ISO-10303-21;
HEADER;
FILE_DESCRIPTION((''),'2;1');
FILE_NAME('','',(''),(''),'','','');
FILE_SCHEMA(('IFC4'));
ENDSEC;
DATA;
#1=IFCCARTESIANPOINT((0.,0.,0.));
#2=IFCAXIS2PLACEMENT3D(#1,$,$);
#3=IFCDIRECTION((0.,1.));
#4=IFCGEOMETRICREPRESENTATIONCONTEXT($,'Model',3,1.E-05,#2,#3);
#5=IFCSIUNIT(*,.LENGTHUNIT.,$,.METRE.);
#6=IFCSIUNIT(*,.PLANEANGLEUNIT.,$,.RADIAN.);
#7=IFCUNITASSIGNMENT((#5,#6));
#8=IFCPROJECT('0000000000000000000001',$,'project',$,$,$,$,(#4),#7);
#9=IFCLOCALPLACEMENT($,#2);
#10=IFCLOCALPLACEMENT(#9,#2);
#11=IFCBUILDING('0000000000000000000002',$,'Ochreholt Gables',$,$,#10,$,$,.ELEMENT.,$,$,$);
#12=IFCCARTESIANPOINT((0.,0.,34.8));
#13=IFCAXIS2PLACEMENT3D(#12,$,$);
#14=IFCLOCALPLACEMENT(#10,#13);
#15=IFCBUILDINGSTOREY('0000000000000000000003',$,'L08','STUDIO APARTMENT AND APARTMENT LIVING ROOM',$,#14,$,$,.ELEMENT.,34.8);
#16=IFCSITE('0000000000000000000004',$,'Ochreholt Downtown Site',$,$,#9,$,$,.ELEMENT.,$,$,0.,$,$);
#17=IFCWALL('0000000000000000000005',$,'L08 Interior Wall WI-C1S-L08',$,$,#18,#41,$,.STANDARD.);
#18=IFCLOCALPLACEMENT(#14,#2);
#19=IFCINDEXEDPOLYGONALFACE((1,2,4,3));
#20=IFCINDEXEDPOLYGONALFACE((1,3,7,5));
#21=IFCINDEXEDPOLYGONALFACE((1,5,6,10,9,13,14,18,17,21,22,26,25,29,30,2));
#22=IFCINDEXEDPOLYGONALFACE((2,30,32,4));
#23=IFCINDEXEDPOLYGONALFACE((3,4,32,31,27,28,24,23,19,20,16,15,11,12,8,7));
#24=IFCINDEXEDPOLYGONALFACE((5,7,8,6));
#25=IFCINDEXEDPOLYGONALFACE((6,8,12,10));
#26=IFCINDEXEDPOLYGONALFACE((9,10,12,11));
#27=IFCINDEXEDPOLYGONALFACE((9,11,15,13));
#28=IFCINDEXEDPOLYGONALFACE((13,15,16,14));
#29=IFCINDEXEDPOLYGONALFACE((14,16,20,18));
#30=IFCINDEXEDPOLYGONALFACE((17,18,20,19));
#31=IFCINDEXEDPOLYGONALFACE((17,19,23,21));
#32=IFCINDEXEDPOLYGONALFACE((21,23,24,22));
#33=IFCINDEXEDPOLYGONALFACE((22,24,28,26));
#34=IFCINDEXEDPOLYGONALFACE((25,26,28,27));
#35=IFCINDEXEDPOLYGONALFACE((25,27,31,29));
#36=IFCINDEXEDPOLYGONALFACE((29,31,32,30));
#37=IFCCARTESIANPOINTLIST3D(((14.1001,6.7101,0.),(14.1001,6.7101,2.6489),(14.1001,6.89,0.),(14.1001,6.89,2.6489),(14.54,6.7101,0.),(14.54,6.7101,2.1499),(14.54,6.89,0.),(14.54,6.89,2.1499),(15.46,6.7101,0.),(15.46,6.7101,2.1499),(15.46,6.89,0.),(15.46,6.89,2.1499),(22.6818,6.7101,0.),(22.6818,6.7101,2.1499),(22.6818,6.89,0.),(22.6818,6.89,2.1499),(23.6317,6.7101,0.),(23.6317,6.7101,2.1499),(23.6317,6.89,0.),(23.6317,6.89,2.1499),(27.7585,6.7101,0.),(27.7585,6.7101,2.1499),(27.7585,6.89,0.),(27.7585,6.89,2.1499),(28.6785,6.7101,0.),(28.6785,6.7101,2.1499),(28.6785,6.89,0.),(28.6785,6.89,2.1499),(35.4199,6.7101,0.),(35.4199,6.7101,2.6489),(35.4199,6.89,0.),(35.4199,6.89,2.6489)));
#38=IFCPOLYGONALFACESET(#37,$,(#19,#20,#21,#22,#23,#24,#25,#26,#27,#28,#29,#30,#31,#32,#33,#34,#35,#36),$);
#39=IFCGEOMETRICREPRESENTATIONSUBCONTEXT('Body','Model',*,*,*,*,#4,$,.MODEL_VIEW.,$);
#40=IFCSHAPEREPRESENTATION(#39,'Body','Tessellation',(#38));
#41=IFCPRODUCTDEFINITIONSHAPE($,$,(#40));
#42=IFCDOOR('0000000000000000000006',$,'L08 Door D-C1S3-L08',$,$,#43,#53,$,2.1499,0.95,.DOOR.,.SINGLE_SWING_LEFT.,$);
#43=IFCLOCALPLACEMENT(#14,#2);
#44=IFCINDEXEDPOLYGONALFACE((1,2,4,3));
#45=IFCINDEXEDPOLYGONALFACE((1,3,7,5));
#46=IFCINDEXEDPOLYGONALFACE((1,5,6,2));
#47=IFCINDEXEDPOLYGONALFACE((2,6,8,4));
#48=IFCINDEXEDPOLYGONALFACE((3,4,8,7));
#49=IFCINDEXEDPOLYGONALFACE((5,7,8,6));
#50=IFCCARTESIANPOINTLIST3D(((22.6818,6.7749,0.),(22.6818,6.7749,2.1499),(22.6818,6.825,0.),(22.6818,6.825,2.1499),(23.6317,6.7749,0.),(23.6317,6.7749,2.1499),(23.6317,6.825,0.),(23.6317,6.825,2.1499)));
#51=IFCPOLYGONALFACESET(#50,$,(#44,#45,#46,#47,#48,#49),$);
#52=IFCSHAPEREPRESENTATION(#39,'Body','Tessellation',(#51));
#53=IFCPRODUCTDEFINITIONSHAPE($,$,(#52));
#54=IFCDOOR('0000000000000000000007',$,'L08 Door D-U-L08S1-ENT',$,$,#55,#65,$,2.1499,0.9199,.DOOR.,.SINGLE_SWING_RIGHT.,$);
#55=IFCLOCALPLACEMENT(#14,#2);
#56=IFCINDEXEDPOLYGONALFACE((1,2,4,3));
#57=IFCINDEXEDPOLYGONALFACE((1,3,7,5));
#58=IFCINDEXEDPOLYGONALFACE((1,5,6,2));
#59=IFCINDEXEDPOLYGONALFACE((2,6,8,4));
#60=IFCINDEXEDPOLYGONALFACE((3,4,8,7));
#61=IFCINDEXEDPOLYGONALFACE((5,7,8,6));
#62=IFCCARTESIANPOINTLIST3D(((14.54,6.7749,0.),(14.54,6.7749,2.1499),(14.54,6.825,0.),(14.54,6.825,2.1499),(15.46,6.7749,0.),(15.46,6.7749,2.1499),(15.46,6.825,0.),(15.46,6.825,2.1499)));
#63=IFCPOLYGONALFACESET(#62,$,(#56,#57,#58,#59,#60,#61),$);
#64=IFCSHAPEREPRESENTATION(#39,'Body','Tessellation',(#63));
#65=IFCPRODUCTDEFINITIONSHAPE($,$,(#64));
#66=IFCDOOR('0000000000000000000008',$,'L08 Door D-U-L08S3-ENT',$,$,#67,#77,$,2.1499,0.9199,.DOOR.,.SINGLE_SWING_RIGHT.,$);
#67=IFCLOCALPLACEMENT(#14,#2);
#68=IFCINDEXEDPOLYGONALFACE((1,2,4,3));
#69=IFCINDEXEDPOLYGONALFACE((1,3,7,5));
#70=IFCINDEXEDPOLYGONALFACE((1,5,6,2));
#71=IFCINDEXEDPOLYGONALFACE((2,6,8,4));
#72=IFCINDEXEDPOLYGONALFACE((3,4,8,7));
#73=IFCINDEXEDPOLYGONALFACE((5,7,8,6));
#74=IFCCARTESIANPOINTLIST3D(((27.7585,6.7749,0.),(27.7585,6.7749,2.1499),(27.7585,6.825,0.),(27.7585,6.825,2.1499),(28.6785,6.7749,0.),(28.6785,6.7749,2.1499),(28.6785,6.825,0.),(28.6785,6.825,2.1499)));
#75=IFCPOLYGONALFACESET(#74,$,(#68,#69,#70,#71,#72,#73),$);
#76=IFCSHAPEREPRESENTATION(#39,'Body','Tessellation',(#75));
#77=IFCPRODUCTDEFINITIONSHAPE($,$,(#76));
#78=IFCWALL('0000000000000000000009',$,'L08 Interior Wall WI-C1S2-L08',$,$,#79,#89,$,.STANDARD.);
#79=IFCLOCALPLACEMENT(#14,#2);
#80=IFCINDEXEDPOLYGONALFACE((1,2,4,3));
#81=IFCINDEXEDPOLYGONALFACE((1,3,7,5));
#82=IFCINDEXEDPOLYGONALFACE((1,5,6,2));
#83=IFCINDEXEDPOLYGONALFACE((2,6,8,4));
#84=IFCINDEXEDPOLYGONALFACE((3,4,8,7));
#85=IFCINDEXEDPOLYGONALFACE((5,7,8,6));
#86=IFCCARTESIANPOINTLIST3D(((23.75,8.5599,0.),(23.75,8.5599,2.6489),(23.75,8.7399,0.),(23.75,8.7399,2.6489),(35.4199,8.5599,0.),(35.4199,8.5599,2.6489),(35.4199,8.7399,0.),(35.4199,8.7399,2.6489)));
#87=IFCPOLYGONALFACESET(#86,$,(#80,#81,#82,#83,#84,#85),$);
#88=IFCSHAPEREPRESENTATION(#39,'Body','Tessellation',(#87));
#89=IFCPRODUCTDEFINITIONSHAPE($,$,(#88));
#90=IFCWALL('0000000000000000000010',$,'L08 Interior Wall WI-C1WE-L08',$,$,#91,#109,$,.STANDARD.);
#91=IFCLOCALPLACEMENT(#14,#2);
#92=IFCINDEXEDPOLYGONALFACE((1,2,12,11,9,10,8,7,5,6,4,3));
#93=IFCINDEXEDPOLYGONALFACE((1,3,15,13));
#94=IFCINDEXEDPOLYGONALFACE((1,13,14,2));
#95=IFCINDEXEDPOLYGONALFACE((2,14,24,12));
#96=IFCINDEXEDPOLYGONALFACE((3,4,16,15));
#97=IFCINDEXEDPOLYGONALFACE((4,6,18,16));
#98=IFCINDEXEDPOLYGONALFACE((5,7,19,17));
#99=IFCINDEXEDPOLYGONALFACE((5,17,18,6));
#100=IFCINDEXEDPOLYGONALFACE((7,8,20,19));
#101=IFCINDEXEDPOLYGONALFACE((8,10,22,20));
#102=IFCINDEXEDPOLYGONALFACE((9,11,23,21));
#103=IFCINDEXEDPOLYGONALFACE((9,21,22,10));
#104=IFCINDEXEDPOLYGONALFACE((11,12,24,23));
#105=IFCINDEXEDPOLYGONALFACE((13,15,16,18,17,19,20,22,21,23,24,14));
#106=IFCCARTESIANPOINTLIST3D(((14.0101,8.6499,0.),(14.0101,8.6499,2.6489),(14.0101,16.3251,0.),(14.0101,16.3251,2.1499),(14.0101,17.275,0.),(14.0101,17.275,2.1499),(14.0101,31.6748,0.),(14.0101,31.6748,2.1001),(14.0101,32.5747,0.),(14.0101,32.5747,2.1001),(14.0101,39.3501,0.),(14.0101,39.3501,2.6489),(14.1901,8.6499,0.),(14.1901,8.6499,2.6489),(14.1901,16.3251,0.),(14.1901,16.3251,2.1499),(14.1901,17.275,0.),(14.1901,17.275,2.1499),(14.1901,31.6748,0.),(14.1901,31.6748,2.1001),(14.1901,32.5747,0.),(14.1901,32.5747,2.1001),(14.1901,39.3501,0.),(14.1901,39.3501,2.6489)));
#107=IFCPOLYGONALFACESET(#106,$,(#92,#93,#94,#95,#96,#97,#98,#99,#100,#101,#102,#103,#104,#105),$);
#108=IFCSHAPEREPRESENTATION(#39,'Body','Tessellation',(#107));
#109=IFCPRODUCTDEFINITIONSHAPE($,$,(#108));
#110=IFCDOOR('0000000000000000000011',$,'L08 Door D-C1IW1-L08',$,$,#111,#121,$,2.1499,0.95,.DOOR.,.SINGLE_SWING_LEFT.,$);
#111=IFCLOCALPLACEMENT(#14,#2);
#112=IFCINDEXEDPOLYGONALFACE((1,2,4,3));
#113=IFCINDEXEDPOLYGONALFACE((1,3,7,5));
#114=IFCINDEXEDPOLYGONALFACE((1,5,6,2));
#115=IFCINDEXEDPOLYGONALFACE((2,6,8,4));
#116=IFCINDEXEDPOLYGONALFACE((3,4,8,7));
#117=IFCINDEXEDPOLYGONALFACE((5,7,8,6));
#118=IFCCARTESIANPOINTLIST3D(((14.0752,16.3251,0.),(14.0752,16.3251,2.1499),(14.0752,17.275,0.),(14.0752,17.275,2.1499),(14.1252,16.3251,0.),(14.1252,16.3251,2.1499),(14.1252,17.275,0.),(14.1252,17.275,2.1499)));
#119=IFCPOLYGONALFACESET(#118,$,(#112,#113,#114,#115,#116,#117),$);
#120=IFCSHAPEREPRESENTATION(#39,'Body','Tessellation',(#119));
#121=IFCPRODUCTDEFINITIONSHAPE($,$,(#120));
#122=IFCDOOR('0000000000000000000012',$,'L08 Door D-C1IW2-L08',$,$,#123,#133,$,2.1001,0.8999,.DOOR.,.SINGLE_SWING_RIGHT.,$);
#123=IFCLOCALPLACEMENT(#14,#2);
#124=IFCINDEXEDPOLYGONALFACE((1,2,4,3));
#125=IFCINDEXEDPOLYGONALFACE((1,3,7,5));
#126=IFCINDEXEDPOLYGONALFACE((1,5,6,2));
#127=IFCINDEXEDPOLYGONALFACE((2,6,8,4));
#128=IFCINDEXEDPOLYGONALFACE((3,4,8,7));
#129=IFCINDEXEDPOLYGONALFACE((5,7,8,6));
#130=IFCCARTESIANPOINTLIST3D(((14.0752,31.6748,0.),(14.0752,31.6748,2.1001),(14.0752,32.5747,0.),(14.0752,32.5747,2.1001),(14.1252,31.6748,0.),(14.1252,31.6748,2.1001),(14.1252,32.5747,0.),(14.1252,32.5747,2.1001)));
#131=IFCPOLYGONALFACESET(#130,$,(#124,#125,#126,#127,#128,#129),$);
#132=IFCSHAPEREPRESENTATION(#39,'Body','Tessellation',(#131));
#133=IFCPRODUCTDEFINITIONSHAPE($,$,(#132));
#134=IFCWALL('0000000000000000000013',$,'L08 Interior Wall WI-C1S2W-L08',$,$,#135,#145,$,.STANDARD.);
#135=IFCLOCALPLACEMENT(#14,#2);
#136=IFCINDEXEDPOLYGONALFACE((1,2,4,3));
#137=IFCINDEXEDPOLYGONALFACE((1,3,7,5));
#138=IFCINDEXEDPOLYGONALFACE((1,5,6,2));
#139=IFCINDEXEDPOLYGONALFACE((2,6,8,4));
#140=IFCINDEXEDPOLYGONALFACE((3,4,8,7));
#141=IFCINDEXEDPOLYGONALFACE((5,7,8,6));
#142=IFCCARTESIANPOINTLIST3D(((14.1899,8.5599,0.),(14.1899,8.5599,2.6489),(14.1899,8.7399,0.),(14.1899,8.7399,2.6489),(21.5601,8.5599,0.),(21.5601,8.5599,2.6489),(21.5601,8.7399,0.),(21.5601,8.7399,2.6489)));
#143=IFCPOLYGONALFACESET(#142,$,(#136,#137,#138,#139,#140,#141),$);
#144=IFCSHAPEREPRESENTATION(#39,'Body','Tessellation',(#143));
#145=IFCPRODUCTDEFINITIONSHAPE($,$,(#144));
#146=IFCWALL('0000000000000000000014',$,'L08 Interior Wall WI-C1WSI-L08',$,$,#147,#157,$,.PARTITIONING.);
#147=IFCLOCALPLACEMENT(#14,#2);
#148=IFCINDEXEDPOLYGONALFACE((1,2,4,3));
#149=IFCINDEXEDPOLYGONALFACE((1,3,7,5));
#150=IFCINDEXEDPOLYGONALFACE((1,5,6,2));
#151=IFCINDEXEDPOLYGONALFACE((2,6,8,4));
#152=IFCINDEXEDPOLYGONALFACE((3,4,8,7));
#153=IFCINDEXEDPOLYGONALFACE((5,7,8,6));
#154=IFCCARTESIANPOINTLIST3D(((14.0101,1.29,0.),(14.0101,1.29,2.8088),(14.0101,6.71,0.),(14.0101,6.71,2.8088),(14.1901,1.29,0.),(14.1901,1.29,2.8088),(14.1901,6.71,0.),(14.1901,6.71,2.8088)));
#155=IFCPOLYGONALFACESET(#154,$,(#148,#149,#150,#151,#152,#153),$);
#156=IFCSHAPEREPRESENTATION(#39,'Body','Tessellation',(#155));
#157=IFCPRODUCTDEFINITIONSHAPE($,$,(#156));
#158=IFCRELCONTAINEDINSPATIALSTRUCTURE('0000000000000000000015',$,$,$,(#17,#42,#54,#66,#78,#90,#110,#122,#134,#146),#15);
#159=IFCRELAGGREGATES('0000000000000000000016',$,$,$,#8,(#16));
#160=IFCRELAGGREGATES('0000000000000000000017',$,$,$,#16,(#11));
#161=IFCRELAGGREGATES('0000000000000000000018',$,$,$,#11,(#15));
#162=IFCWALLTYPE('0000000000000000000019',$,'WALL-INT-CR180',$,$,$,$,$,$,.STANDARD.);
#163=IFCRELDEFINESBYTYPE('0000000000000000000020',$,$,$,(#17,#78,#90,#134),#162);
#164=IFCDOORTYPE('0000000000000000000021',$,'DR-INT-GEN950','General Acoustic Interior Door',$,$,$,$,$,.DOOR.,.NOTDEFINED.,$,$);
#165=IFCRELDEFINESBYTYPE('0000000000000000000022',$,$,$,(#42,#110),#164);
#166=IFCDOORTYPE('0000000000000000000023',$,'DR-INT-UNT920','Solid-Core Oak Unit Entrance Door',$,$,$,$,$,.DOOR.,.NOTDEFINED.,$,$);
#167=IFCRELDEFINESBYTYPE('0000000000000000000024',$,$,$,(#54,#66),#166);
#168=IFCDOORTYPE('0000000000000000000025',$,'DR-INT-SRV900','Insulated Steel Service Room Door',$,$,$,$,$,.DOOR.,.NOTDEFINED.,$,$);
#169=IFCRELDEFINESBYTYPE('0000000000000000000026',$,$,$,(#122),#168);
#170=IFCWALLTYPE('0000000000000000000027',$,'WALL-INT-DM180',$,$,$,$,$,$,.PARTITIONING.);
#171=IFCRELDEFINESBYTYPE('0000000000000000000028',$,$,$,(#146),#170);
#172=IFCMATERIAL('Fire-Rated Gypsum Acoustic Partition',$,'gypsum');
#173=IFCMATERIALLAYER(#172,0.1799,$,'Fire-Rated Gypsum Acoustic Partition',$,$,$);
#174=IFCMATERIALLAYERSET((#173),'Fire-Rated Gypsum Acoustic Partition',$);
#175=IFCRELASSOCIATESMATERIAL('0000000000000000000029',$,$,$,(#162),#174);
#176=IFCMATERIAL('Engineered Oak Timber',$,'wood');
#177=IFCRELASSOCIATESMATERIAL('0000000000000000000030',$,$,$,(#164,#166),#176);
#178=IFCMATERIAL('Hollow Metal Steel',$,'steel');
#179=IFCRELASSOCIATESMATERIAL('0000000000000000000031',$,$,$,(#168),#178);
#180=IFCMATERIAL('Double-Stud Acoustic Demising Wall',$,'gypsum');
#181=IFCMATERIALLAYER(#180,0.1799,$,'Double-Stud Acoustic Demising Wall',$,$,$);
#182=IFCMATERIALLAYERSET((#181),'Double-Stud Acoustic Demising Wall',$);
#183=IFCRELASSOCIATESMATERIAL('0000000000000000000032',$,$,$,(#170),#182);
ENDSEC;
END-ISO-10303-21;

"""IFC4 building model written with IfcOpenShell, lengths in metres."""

from ifc_helpers import new_model, si_unit, direction, frame, frame_2d, origin, place, context, subcontext, project, spatial, rectangle, extrude, material, layer, layer_set, type_object, element, fill, save


model = new_model("IFC4")

# Units and contexts
model_context = context("Model", 3, precision=1e-05, world=origin(), true_north=direction((0.0, 1.0)))
body_context = subcontext(model_context, "Body", "Model", "MODEL_VIEW")
ifc_project = project(units=[si_unit("LENGTHUNIT", "METRE"), si_unit("PLANEANGLEUNIT", "RADIAN")], contexts=[model_context])

# Site, building, storey
site_placement = place(None, origin())
site = spatial("IfcSite", under=ifc_project, at=site_placement, Name="Ochreholt Downtown Site", CompositionType="ELEMENT", RefElevation=0.0)
building_placement = place(site_placement, origin())
building = spatial("IfcBuilding", under=site, at=building_placement, Name="Ochreholt Gables", CompositionType="ELEMENT")
storey_placement = place(building_placement, frame((0.0, 0.0, 34.8)))
storey = spatial("IfcBuildingStorey", under=building, at=storey_placement, Name="L08", Description="STUDIO APARTMENT AND APARTMENT LIVING ROOM", CompositionType="ELEMENT", Elevation=34.8)

# Shared definitions
ifc_material_1 = material(Name="Fire-Rated Gypsum Acoustic Partition", Category="gypsum")
ifc_layer_1 = layer(ifc_material_1, 0.1799, Name="Fire-Rated Gypsum Acoustic Partition")
ifc_layer_set_1 = layer_set([ifc_layer_1], Name="Fire-Rated Gypsum Acoustic Partition")
wall_type_1 = type_object("IfcWallType", Name="WALL-INT-CR180", PredefinedType="STANDARD", material=ifc_layer_set_1)

# Wall, openings, doors
wall_1_placement = place(storey_placement, frame((14.1001, 6.8, 0.0), z_axis=(0.0, 0.0, 1.0), x_axis=(1.0, 0.0, 0.0)))
wall_1 = element("IfcWall", 1, at=wall_1_placement, inside=storey, type_object=wall_type_1, Name="L08 Interior Wall WI-C1S-L08", PredefinedType="STANDARD", context=body_context, shape_type="SweptSolid", body=[
    extrude(rectangle(XDim=21.3198, YDim=0.1799, at=frame_2d((10.6599, 0.0))), origin(), (0.0, 0.0, 1.0), 2.6489),
])
opening_1_placement = place(wall_1_placement, frame((0.4399, 0.0, 0.0)))
opening_1 = element("IfcOpeningElement", 2, at=opening_1_placement, cuts=wall_1, PredefinedType="OPENING", context=body_context, shape_type="SweptSolid", body=[
    extrude(rectangle(XDim=0.9199, YDim=2.1499, at=frame_2d((0.46, 1.075))), frame((0.0, 0.0999, 0.0), z_axis=(0.0, -1.0, 0.0), x_axis=(1.0, 0.0, 0.0)), (0.0, 0.0, 1.0), 0.2),
])
opening_2_placement = place(wall_1_placement, frame((8.5815, 0.0, 0.0)))
opening_2 = element("IfcOpeningElement", 3, at=opening_2_placement, cuts=wall_1, PredefinedType="OPENING", context=body_context, shape_type="SweptSolid", body=[
    extrude(rectangle(XDim=0.95, YDim=2.1499, at=frame_2d((0.4751, 1.075))), frame((0.0, 0.0999, 0.0), z_axis=(0.0, -1.0, 0.0), x_axis=(1.0, 0.0, 0.0)), (0.0, 0.0, 1.0), 0.2),
])
opening_3_placement = place(wall_1_placement, frame((13.6584, 0.0, 0.0)))
opening_3 = element("IfcOpeningElement", 4, at=opening_3_placement, cuts=wall_1, PredefinedType="OPENING", context=body_context, shape_type="SweptSolid", body=[
    extrude(rectangle(XDim=0.9199, YDim=2.1499, at=frame_2d((0.46, 1.075))), frame((0.0, 0.0999, 0.0), z_axis=(0.0, -1.0, 0.0), x_axis=(1.0, 0.0, 0.0)), (0.0, 0.0, 1.0), 0.2),
])
ifc_material_2 = material(Name="Engineered Oak Timber", Category="wood")
door_type_1 = type_object("IfcDoorType", Name="DR-INT-GEN950", Description="General Acoustic Interior Door", OperationType="NOTDEFINED", PredefinedType="DOOR", material=ifc_material_2)
door_1_placement = place(opening_2_placement, origin())
door_1 = element("IfcDoor", 5, at=door_1_placement, inside=storey, type_object=door_type_1, Name="L08 Door D-C1S3-L08", OperationType="SINGLE_SWING_LEFT", OverallHeight=2.1499, OverallWidth=0.95, PredefinedType="DOOR", context=body_context, shape_type="SweptSolid", body=[
    extrude(rectangle(XDim=0.95, YDim=2.1499, at=frame_2d((0.4751, 1.075))), frame((0.0, 0.0249, 0.0), z_axis=(0.0, -1.0, 0.0), x_axis=(1.0, 0.0, 0.0)), (0.0, 0.0, 1.0), 0.05),
])
fill(opening_2, door_1)
door_type_2 = type_object("IfcDoorType", Name="DR-INT-UNT920", Description="Solid-Core Oak Unit Entrance Door", OperationType="NOTDEFINED", PredefinedType="DOOR", material=ifc_material_2)
door_2_placement = place(opening_1_placement, origin())
door_2 = element("IfcDoor", 6, at=door_2_placement, inside=storey, type_object=door_type_2, Name="L08 Door D-U-L08S1-ENT", OperationType="SINGLE_SWING_RIGHT", OverallHeight=2.1499, OverallWidth=0.9199, PredefinedType="DOOR", context=body_context, shape_type="SweptSolid", body=[
    extrude(rectangle(XDim=0.9199, YDim=2.1499, at=frame_2d((0.46, 1.075))), frame((0.0, 0.0249, 0.0), z_axis=(0.0, -1.0, 0.0), x_axis=(1.0, 0.0, 0.0)), (0.0, 0.0, 1.0), 0.05),
])
fill(opening_1, door_2)
door_3_placement = place(opening_3_placement, origin())
door_3 = element("IfcDoor", 7, at=door_3_placement, inside=storey, type_object=door_type_2, Name="L08 Door D-U-L08S3-ENT", OperationType="SINGLE_SWING_RIGHT", OverallHeight=2.1499, OverallWidth=0.9199, PredefinedType="DOOR", context=body_context, shape_type="SweptSolid", body=[
    extrude(rectangle(XDim=0.9199, YDim=2.1499, at=frame_2d((0.46, 1.075))), frame((0.0, 0.0249, 0.0), z_axis=(0.0, -1.0, 0.0), x_axis=(1.0, 0.0, 0.0)), (0.0, 0.0, 1.0), 0.05),
])
fill(opening_3, door_3)

# Wall
wall_2_placement = place(storey_placement, frame((23.75, 8.6499, 0.0), z_axis=(0.0, 0.0, 1.0), x_axis=(1.0, 0.0, 0.0)))
element("IfcWall", 8, at=wall_2_placement, inside=storey, type_object=wall_type_1, Name="L08 Interior Wall WI-C1S2-L08", PredefinedType="STANDARD", context=body_context, shape_type="SweptSolid", body=[
    extrude(rectangle(XDim=11.6699, YDim=0.1799, at=frame_2d((5.835, 0.0))), origin(), (0.0, 0.0, 1.0), 2.6489),
])

# Wall, openings, doors
wall_3_placement = place(storey_placement, frame((14.1001, 8.6499, 0.0), z_axis=(0.0, 0.0, 1.0), x_axis=(0.0, 1.0, 0.0)))
wall_3 = element("IfcWall", 9, at=wall_3_placement, inside=storey, type_object=wall_type_1, Name="L08 Interior Wall WI-C1WE-L08", PredefinedType="STANDARD", context=body_context, shape_type="SweptSolid", body=[
    extrude(rectangle(XDim=30.7002, YDim=0.1799, at=frame_2d((15.3501, 0.0))), origin(), (0.0, 0.0, 1.0), 2.6489),
])
opening_4_placement = place(wall_3_placement, frame((7.675, 0.0, 0.0)))
opening_4 = element("IfcOpeningElement", 10, at=opening_4_placement, cuts=wall_3, PredefinedType="OPENING", context=body_context, shape_type="SweptSolid", body=[
    extrude(rectangle(XDim=0.95, YDim=2.1499, at=frame_2d((0.4751, 1.075))), frame((0.0, 0.0999, 0.0), z_axis=(0.0, -1.0, 0.0), x_axis=(1.0, 0.0, 0.0)), (0.0, 0.0, 1.0), 0.2),
])
opening_5_placement = place(wall_3_placement, frame((23.0249, 0.0, 0.0)))
opening_5 = element("IfcOpeningElement", 11, at=opening_5_placement, cuts=wall_3, PredefinedType="OPENING", context=body_context, shape_type="SweptSolid", body=[
    extrude(rectangle(XDim=0.8999, YDim=2.1001, at=frame_2d((0.45, 1.05))), frame((0.0, 0.0999, 0.0), z_axis=(0.0, -1.0, 0.0), x_axis=(1.0, 0.0, 0.0)), (0.0, 0.0, 1.0), 0.2),
])
door_4_placement = place(opening_4_placement, origin())
door_4 = element("IfcDoor", 12, at=door_4_placement, inside=storey, type_object=door_type_1, Name="L08 Door D-C1IW1-L08", OperationType="SINGLE_SWING_LEFT", OverallHeight=2.1499, OverallWidth=0.95, PredefinedType="DOOR", context=body_context, shape_type="SweptSolid", body=[
    extrude(rectangle(XDim=0.95, YDim=2.1499, at=frame_2d((0.4751, 1.075))), frame((0.0, 0.0249, 0.0), z_axis=(0.0, -1.0, 0.0), x_axis=(1.0, 0.0, 0.0)), (0.0, 0.0, 1.0), 0.05),
])
fill(opening_4, door_4)
ifc_material_3 = material(Name="Hollow Metal Steel", Category="steel")
door_type_3 = type_object("IfcDoorType", Name="DR-INT-SRV900", Description="Insulated Steel Service Room Door", OperationType="NOTDEFINED", PredefinedType="DOOR", material=ifc_material_3)
door_5_placement = place(opening_5_placement, origin())
door_5 = element("IfcDoor", 13, at=door_5_placement, inside=storey, type_object=door_type_3, Name="L08 Door D-C1IW2-L08", OperationType="SINGLE_SWING_RIGHT", OverallHeight=2.1001, OverallWidth=0.8999, PredefinedType="DOOR", context=body_context, shape_type="SweptSolid", body=[
    extrude(rectangle(XDim=0.8999, YDim=2.1001, at=frame_2d((0.45, 1.05))), frame((0.0, 0.0249, 0.0), z_axis=(0.0, -1.0, 0.0), x_axis=(1.0, 0.0, 0.0)), (0.0, 0.0, 1.0), 0.05),
])
fill(opening_5, door_5)

# Walls
wall_4_placement = place(storey_placement, frame((14.1899, 8.6499, 0.0), z_axis=(0.0, 0.0, 1.0), x_axis=(1.0, 0.0, 0.0)))
element("IfcWall", 14, at=wall_4_placement, inside=storey, type_object=wall_type_1, Name="L08 Interior Wall WI-C1S2W-L08", PredefinedType="STANDARD", context=body_context, shape_type="SweptSolid", body=[
    extrude(rectangle(XDim=7.3701, YDim=0.1799, at=frame_2d((3.6851, 0.0))), origin(), (0.0, 0.0, 1.0), 2.6489),
])
ifc_material_4 = material(Name="Double-Stud Acoustic Demising Wall", Category="gypsum")
ifc_layer_2 = layer(ifc_material_4, 0.1799, Name="Double-Stud Acoustic Demising Wall")
ifc_layer_set_2 = layer_set([ifc_layer_2], Name="Double-Stud Acoustic Demising Wall")
wall_type_2 = type_object("IfcWallType", Name="WALL-INT-DM180", PredefinedType="PARTITIONING", material=ifc_layer_set_2)
wall_5_placement = place(storey_placement, frame((14.1001, 1.29, 0.0), z_axis=(0.0, 0.0, 1.0), x_axis=(0.0, 1.0, 0.0)))
element("IfcWall", 15, at=wall_5_placement, inside=storey, type_object=wall_type_2, Name="L08 Interior Wall WI-C1WSI-L08", PredefinedType="PARTITIONING", context=body_context, shape_type="SweptSolid", body=[
    extrude(rectangle(XDim=5.4199, YDim=0.1799, at=frame_2d((2.71, 0.0))), origin(), (0.0, 0.0, 1.0), 2.8088),
])

save(model, "model.ifc")
